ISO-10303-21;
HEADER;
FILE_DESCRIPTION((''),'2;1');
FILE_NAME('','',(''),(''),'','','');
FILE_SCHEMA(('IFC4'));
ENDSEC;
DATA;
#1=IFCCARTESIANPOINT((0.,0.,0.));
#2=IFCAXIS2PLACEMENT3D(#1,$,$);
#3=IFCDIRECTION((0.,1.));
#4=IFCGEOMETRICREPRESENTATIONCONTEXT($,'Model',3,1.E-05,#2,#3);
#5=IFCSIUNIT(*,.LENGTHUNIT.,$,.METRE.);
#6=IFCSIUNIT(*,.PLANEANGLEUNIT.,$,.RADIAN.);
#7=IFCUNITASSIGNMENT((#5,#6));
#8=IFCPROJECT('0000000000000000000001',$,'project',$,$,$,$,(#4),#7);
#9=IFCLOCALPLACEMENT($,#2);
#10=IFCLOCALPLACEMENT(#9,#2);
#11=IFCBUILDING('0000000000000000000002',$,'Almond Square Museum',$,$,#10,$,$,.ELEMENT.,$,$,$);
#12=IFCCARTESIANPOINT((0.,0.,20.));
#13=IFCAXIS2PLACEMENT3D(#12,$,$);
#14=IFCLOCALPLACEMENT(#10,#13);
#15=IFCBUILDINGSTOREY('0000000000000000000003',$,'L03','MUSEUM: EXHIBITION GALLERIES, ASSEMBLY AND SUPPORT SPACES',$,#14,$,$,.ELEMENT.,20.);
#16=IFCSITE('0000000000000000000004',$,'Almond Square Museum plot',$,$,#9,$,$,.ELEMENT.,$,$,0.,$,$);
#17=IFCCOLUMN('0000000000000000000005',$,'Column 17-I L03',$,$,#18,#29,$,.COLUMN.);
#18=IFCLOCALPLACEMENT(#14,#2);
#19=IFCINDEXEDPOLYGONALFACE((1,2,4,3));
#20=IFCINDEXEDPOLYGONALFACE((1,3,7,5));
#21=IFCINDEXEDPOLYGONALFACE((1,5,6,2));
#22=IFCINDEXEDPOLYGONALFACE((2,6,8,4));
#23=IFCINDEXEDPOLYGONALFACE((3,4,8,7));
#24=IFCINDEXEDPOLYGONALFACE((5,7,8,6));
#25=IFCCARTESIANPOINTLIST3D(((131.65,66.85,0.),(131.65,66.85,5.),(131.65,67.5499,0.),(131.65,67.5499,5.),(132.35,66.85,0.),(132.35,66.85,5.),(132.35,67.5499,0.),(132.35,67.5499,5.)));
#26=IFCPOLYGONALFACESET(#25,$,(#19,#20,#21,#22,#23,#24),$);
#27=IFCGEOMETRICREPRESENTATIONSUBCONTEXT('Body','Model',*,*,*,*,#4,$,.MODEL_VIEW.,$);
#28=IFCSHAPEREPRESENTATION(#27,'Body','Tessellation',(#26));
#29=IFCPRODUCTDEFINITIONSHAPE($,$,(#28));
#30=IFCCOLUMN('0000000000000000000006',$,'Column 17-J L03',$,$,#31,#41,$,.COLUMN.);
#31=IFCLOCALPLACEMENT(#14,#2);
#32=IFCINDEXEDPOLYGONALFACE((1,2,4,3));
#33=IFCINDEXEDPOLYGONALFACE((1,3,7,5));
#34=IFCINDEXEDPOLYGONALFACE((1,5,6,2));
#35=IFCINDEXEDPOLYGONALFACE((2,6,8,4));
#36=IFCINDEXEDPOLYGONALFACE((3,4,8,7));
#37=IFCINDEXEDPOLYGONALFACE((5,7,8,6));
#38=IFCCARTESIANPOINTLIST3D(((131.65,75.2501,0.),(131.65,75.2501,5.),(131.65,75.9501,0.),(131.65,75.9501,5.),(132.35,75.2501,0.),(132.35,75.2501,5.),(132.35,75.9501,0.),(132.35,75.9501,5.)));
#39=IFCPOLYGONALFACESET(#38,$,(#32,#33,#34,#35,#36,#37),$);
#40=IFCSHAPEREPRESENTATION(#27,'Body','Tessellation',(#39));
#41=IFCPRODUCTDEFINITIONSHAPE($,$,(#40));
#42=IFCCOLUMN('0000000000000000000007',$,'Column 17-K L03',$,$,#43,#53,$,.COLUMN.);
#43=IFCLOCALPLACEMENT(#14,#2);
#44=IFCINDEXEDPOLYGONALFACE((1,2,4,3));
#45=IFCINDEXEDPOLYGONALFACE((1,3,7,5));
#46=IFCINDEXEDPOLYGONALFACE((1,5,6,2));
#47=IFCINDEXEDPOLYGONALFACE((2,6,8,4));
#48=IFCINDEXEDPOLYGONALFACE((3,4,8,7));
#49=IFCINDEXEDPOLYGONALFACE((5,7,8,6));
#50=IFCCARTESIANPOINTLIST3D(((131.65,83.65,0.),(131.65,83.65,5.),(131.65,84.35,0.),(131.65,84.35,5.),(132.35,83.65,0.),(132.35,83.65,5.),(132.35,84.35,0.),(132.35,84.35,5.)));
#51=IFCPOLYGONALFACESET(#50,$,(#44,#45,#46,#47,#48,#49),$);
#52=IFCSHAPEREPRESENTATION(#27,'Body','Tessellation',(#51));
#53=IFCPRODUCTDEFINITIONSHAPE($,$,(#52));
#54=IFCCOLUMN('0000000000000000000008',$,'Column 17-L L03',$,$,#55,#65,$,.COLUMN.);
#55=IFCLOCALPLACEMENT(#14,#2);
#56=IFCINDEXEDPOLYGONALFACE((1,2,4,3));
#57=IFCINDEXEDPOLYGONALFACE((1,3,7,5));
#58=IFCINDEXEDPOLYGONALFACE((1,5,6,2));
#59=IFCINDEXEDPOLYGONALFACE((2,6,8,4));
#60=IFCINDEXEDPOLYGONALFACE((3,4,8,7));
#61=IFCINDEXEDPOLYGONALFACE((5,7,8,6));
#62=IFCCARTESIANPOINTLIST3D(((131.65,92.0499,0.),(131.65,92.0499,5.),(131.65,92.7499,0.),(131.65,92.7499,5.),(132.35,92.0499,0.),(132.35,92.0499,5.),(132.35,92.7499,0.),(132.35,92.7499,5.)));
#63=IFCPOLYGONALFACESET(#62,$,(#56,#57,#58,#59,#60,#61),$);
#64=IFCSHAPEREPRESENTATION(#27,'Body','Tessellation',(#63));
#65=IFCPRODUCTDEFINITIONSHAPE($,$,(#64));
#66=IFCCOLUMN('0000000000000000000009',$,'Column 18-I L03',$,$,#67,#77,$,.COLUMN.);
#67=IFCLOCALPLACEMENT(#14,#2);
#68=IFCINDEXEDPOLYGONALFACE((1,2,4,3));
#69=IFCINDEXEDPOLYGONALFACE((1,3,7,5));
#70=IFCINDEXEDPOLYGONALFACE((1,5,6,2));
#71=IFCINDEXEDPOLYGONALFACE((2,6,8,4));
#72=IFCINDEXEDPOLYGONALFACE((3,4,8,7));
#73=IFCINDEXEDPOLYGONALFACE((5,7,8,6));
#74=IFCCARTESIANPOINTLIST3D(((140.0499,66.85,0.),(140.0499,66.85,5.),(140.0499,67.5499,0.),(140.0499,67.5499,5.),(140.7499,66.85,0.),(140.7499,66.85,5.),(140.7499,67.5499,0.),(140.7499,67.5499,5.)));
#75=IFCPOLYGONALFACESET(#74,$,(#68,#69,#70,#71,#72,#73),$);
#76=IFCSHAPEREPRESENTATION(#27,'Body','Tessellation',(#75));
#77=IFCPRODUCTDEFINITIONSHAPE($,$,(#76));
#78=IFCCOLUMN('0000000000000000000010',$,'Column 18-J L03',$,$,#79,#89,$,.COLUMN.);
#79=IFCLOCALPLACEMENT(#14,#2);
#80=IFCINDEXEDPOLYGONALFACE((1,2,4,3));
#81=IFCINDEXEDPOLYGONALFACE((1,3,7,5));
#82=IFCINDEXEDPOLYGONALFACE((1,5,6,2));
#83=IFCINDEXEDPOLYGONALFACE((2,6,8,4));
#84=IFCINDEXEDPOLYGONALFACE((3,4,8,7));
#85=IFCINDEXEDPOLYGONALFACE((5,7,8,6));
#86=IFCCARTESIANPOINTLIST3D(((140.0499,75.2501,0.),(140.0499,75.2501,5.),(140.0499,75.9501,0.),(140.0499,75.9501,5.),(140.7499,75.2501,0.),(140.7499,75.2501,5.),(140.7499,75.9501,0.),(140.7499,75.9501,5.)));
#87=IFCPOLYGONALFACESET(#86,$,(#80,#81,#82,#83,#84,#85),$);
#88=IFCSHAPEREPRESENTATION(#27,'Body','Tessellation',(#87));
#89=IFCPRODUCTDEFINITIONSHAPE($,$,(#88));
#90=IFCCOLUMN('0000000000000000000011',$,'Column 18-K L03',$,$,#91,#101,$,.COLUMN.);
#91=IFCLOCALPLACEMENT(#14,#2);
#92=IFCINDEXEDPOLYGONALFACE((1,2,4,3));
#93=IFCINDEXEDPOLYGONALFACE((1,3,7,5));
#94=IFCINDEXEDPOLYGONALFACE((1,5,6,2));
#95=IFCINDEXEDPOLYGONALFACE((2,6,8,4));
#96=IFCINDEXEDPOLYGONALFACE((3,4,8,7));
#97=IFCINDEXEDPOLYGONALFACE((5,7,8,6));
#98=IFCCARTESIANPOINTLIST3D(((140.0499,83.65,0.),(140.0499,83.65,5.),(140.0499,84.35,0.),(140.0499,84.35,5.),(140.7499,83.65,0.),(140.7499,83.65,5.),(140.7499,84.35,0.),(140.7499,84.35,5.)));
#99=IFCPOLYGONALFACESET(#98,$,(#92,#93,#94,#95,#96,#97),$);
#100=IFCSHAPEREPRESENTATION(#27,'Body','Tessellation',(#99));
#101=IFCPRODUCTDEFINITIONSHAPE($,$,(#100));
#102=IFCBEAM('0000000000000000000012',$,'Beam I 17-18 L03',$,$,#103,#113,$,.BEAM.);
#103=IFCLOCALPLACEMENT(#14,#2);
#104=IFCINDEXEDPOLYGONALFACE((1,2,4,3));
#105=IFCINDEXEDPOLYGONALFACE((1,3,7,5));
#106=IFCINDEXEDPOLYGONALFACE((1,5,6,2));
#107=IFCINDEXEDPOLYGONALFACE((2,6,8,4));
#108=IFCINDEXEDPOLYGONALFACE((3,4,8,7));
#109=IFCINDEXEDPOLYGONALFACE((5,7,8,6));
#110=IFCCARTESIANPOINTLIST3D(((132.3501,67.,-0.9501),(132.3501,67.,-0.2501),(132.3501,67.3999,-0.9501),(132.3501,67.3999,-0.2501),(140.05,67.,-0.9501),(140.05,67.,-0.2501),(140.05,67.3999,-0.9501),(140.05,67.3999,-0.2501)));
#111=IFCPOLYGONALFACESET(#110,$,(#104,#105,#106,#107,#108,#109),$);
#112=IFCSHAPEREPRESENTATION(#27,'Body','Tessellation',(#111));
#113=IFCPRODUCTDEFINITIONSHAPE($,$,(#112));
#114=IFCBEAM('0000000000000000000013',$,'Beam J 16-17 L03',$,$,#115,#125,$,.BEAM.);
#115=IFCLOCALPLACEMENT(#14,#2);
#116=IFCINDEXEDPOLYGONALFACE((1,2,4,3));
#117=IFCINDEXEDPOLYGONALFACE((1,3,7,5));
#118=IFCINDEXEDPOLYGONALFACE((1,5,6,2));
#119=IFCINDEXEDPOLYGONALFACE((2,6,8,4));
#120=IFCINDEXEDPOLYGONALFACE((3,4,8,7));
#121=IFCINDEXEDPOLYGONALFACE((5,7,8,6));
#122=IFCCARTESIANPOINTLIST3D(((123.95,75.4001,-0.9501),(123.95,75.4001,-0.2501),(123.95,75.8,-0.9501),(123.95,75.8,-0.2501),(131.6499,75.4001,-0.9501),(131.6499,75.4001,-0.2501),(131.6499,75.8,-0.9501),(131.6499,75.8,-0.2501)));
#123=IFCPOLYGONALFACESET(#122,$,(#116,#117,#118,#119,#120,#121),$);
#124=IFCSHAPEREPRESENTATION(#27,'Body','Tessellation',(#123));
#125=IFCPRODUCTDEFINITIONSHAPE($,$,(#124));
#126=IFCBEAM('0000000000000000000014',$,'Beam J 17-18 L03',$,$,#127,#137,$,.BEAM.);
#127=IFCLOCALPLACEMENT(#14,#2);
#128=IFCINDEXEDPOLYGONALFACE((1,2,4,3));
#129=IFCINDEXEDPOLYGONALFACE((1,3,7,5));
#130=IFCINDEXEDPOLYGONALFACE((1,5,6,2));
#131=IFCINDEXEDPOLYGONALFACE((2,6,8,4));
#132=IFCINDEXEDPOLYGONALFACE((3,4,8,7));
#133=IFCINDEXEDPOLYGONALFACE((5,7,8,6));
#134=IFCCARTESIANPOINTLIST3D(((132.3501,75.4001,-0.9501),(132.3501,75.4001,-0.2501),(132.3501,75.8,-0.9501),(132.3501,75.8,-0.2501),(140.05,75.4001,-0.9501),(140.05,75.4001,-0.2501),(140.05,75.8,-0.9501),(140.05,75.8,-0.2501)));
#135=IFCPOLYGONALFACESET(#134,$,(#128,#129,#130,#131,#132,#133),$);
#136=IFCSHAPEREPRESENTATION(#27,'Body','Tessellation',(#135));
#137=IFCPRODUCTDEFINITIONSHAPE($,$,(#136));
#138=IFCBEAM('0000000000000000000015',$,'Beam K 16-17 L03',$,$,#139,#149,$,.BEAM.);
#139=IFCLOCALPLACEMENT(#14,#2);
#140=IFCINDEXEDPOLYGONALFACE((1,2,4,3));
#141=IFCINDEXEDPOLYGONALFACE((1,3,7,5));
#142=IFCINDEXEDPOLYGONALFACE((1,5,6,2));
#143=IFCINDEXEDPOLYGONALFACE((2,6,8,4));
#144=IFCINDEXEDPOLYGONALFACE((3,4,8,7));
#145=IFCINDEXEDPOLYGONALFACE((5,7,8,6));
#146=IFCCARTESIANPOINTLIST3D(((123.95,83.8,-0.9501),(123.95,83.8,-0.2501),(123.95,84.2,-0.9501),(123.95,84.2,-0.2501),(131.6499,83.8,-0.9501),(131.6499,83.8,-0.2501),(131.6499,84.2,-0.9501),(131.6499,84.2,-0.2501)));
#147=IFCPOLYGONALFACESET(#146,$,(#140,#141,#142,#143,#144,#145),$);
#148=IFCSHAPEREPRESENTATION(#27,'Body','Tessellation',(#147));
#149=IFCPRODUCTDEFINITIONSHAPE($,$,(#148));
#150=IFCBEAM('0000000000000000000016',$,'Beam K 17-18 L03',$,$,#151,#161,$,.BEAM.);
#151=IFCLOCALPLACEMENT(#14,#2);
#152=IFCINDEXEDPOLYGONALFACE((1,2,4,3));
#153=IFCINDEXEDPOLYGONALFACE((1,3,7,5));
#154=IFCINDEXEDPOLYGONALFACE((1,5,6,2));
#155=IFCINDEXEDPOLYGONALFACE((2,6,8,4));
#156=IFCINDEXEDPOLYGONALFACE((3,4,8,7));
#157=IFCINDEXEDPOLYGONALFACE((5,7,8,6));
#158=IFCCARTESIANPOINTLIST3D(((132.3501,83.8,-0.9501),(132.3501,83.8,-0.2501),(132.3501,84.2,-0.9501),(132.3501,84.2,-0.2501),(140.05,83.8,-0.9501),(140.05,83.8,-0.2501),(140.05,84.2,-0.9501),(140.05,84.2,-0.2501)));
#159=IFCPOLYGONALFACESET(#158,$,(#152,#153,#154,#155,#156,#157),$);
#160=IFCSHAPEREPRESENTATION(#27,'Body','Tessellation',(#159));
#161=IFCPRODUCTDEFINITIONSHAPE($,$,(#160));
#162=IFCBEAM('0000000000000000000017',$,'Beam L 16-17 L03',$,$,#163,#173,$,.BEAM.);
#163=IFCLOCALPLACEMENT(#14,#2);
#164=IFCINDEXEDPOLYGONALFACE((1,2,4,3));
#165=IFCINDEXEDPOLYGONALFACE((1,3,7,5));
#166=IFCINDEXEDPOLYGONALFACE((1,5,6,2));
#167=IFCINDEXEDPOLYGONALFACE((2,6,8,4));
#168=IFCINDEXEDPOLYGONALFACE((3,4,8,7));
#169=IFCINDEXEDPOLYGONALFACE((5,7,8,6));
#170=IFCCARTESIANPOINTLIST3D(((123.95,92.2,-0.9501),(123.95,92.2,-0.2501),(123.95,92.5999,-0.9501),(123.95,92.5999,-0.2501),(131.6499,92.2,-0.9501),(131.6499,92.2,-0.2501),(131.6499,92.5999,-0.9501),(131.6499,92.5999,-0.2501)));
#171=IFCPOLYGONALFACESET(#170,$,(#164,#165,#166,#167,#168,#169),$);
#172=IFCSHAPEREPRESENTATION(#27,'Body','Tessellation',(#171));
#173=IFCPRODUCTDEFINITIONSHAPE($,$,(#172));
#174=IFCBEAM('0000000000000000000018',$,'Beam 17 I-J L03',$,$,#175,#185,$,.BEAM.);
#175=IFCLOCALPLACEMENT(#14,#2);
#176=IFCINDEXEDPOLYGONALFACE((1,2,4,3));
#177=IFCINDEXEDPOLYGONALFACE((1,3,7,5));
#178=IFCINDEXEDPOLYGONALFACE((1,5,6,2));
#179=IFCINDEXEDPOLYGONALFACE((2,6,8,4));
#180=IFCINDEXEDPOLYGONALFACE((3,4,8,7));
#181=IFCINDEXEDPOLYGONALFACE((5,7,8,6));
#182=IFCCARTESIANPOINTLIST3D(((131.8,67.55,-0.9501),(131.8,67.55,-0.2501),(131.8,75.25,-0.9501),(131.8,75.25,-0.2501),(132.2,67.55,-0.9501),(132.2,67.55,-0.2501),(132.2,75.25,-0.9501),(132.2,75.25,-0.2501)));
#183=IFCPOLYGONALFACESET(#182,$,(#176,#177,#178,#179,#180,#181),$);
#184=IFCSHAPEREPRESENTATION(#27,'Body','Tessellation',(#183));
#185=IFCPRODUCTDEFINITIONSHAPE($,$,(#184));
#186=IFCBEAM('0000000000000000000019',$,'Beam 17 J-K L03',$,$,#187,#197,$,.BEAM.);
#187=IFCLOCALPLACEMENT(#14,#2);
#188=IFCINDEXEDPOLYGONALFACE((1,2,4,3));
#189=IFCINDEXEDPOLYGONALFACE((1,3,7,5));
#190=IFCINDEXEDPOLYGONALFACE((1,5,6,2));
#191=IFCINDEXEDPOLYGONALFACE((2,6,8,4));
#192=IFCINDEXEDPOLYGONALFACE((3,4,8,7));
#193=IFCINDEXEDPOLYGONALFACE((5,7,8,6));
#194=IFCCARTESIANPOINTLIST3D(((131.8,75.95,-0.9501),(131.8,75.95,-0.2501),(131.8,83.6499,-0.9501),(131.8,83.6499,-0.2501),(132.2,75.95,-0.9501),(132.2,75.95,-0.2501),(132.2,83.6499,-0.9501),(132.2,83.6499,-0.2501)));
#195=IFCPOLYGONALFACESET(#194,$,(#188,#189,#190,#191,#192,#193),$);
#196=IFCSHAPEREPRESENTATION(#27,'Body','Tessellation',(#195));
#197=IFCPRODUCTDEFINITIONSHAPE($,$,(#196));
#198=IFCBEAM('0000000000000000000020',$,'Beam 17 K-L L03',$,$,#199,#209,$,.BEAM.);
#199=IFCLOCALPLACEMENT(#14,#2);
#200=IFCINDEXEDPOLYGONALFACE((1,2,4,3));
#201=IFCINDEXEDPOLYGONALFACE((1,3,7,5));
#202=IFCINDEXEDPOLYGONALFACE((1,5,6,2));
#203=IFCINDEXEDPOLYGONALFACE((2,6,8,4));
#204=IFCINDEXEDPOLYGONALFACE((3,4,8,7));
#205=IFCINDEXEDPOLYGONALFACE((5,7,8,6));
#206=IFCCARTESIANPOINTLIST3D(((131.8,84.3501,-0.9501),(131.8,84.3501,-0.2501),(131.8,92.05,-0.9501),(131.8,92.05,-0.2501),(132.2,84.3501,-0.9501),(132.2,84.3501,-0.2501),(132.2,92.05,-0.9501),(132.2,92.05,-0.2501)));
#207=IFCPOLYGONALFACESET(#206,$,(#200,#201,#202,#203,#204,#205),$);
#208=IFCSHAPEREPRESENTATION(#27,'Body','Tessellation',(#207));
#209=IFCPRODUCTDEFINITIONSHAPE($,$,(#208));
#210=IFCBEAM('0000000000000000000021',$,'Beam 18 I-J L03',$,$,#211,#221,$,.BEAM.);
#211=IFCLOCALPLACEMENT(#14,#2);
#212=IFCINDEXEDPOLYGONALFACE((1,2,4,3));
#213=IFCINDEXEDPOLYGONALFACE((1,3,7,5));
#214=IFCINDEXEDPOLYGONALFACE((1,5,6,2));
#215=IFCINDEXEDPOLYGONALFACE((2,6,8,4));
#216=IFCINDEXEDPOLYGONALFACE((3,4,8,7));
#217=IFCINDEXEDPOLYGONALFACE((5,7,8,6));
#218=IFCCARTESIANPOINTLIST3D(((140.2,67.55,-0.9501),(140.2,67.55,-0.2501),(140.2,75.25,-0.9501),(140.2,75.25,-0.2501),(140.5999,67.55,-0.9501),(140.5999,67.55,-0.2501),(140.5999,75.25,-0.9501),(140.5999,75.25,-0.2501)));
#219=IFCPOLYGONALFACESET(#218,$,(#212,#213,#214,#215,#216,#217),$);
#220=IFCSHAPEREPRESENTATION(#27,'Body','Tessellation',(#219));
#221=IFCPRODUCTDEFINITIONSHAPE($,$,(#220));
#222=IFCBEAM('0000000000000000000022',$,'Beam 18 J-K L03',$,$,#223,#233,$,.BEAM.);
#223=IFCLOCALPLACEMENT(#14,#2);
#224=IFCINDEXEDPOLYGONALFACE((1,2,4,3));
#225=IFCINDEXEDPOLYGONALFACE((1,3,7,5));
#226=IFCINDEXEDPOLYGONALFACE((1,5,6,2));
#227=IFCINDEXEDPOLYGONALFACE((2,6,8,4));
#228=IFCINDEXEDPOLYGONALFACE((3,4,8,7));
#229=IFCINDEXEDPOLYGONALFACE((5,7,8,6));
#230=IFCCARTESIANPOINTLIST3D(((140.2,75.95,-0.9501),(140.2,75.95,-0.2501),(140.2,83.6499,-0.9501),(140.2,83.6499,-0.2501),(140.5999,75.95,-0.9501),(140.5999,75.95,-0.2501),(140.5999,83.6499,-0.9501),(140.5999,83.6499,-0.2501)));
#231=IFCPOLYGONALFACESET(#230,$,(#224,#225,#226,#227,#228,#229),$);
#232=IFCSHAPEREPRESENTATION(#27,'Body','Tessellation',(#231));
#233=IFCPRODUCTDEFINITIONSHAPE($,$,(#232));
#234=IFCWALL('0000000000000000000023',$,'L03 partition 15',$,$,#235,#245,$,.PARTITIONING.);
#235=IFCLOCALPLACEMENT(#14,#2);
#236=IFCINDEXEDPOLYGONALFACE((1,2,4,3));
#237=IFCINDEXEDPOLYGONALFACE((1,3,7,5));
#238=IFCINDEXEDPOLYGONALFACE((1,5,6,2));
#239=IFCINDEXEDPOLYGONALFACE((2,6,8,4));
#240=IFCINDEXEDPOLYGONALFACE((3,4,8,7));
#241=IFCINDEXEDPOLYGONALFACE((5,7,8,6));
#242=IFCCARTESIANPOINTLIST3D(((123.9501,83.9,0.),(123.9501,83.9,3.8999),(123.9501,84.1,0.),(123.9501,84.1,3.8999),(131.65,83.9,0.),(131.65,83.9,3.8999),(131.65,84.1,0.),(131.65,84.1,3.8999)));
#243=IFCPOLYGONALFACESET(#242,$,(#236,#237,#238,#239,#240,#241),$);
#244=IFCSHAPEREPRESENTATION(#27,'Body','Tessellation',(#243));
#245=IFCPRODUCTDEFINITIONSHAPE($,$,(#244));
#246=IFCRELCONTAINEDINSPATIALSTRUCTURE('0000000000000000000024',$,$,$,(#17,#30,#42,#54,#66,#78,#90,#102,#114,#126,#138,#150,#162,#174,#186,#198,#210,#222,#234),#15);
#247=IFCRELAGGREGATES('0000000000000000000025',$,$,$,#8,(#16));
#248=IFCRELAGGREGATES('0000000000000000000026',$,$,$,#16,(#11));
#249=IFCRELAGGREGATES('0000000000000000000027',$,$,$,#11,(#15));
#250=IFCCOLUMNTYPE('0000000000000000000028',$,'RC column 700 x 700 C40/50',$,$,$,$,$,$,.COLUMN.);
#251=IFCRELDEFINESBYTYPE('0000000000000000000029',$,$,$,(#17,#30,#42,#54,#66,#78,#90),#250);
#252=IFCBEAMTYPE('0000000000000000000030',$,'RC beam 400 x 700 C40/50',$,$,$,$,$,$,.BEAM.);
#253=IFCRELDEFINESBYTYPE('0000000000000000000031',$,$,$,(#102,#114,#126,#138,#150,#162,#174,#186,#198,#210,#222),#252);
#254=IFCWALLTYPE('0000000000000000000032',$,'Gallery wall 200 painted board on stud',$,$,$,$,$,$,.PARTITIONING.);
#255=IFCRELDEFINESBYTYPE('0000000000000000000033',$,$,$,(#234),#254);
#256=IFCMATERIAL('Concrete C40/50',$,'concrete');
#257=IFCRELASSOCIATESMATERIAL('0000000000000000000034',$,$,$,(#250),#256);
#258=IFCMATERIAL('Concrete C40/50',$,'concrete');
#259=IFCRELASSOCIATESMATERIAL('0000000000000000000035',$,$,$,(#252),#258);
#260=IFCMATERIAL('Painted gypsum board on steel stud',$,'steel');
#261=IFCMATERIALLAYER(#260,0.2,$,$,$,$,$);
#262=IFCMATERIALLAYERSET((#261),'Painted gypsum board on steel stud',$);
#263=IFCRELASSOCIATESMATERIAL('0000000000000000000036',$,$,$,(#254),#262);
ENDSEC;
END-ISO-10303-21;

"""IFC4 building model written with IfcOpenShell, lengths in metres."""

from ifc_helpers import new_model, si_unit, direction, frame, frame_2d, origin, origin_2d, place, context, subcontext, project, spatial, rectangle, extrude, material, layer, layer_set, material_profile, profile_set, type_object, element, save


model = new_model("IFC4")

# Units and contexts
model_context = context("Model", 3, precision=1e-05, world=origin(), true_north=direction((0.0, 1.0)))
body_context = subcontext(model_context, "Body", "Model", "MODEL_VIEW")
ifc_project = project(units=[si_unit("LENGTHUNIT", "METRE"), si_unit("PLANEANGLEUNIT", "RADIAN")], contexts=[model_context])

# Site, building, storey
site_placement = place(None, origin())
site = spatial("IfcSite", under=ifc_project, at=site_placement, Name="Almond Square Museum plot", CompositionType="ELEMENT", RefElevation=0.0)
building_placement = place(site_placement, origin())
building = spatial("IfcBuilding", under=site, at=building_placement, Name="Almond Square Museum", CompositionType="ELEMENT")
storey_placement = place(building_placement, frame((0.0, 0.0, 20.0)))
storey = spatial("IfcBuildingStorey", under=building, at=storey_placement, Name="L03", Description="MUSEUM: EXHIBITION GALLERIES, ASSEMBLY AND SUPPORT SPACES", CompositionType="ELEMENT", Elevation=20.0)

# Columns
ifc_material_1 = material(Name="Concrete C40/50", Category="concrete")
ifc_material_profile_1 = material_profile(ifc_material_1, rectangle(XDim=0.7, YDim=0.7, at=origin_2d()))
ifc_profile_set_1 = profile_set([ifc_material_profile_1], Name="Concrete C40/50")
column_type = type_object("IfcColumnType", Name="RC column 700 x 700 C40/50", PredefinedType="COLUMN", material=ifc_profile_set_1)
for number, where, z_axis, x_axis, name in (
    (1, (132.0, 67.2, 0.0), (0.0, 0.0, 1.0), (1.0, 0.0, 0.0), "Column 17-I L03"),
    (2, (132.0, 75.6001, 0.0), (0.0, 0.0, 1.0), (1.0, 0.0, 0.0), "Column 17-J L03"),
    (3, (132.0, 84.0, 0.0), (0.0, 0.0, 1.0), (1.0, 0.0, 0.0), "Column 17-K L03"),
    (4, (132.0, 92.3999, 0.0), (0.0, 0.0, 1.0), (1.0, 0.0, 0.0), "Column 17-L L03"),
    (5, (140.3999, 67.2, 0.0), (0.0, 0.0, 1.0), (1.0, 0.0, 0.0), "Column 18-I L03"),
    (6, (140.3999, 75.6001, 0.0), (0.0, 0.0, 1.0), (1.0, 0.0, 0.0), "Column 18-J L03"),
    (7, (140.3999, 84.0, 0.0), (0.0, 0.0, 1.0), (1.0, 0.0, 0.0), "Column 18-K L03"),
):
    element("IfcColumn", number, at=place(storey_placement, frame(where, z_axis=z_axis, x_axis=x_axis)), inside=storey, type_object=column_type, Name=name, PredefinedType="COLUMN", context=body_context, shape_type="SweptSolid", body=[
        extrude(rectangle(XDim=0.7, YDim=0.7, at=origin_2d()), origin(), (0.0, 0.0, 1.0), 5.0),
    ])

# Beams
ifc_material_2 = material(Name="Concrete C40/50", Category="concrete")
ifc_material_profile_2 = material_profile(ifc_material_2, rectangle(XDim=0.3999, YDim=0.7, at=origin_2d()))
ifc_profile_set_2 = profile_set([ifc_material_profile_2], Name="Concrete C40/50")
beam_type = type_object("IfcBeamType", Name="RC beam 400 x 700 C40/50", PredefinedType="BEAM", material=ifc_profile_set_2)
for number, where, z_axis, x_axis, name in (
    (8, (132.3501, 67.2, -0.6001), (1.0, 0.0, 0.0), (0.0, 1.0, 0.0), "Beam I 17-18 L03"),
    (9, (123.95, 75.6001, -0.6001), (1.0, 0.0, 0.0), (0.0, 1.0, 0.0), "Beam J 16-17 L03"),
    (10, (132.3501, 75.6001, -0.6001), (1.0, 0.0, 0.0), (0.0, 1.0, 0.0), "Beam J 17-18 L03"),
    (11, (123.95, 84.0, -0.6001), (1.0, 0.0, 0.0), (0.0, 1.0, 0.0), "Beam K 16-17 L03"),
    (12, (132.3501, 84.0, -0.6001), (1.0, 0.0, 0.0), (0.0, 1.0, 0.0), "Beam K 17-18 L03"),
    (13, (123.95, 92.3999, -0.6001), (1.0, 0.0, 0.0), (0.0, 1.0, 0.0), "Beam L 16-17 L03"),
    (14, (132.0, 67.55, -0.6001), (0.0, 1.0, 0.0), (-1.0, 0.0, 0.0), "Beam 17 I-J L03"),
    (15, (132.0, 75.95, -0.6001), (0.0, 1.0, 0.0), (-1.0, 0.0, 0.0), "Beam 17 J-K L03"),
    (16, (132.0, 84.3501, -0.6001), (0.0, 1.0, 0.0), (-1.0, 0.0, 0.0), "Beam 17 K-L L03"),
    (17, (140.3999, 67.55, -0.6001), (0.0, 1.0, 0.0), (-1.0, 0.0, 0.0), "Beam 18 I-J L03"),
    (18, (140.3999, 75.95, -0.6001), (0.0, 1.0, 0.0), (-1.0, 0.0, 0.0), "Beam 18 J-K L03"),
):
    element("IfcBeam", number, at=place(storey_placement, frame(where, z_axis=z_axis, x_axis=x_axis)), inside=storey, type_object=beam_type, Name=name, PredefinedType="BEAM", context=body_context, shape_type="SweptSolid", body=[
        extrude(rectangle(XDim=0.3999, YDim=0.7, at=origin_2d()), origin(), (0.0, 0.0, 1.0), 7.7),
    ])

# Wall
ifc_material_3 = material(Name="Painted gypsum board on steel stud", Category="steel")
ifc_layer = layer(ifc_material_3, 0.2)
ifc_layer_set = layer_set([ifc_layer], Name="Painted gypsum board on steel stud")
wall_type = type_object("IfcWallType", Name="Gallery wall 200 painted board on stud", PredefinedType="PARTITIONING", material=ifc_layer_set)
wall_1_placement = place(storey_placement, frame((123.95, 84.0, 0.0), z_axis=(0.0, 0.0, 1.0), x_axis=(1.0, 0.0, 0.0)))
element("IfcWall", 19, at=wall_1_placement, inside=storey, type_object=wall_type, Name="L03 partition 15", PredefinedType="PARTITIONING", context=body_context, shape_type="SweptSolid", body=[
    extrude(rectangle(XDim=7.7, YDim=0.2, at=frame_2d((3.8501, 0.0))), origin(), (0.0, 0.0, 1.0), 3.8999),
])

save(model, "model.ifc")
